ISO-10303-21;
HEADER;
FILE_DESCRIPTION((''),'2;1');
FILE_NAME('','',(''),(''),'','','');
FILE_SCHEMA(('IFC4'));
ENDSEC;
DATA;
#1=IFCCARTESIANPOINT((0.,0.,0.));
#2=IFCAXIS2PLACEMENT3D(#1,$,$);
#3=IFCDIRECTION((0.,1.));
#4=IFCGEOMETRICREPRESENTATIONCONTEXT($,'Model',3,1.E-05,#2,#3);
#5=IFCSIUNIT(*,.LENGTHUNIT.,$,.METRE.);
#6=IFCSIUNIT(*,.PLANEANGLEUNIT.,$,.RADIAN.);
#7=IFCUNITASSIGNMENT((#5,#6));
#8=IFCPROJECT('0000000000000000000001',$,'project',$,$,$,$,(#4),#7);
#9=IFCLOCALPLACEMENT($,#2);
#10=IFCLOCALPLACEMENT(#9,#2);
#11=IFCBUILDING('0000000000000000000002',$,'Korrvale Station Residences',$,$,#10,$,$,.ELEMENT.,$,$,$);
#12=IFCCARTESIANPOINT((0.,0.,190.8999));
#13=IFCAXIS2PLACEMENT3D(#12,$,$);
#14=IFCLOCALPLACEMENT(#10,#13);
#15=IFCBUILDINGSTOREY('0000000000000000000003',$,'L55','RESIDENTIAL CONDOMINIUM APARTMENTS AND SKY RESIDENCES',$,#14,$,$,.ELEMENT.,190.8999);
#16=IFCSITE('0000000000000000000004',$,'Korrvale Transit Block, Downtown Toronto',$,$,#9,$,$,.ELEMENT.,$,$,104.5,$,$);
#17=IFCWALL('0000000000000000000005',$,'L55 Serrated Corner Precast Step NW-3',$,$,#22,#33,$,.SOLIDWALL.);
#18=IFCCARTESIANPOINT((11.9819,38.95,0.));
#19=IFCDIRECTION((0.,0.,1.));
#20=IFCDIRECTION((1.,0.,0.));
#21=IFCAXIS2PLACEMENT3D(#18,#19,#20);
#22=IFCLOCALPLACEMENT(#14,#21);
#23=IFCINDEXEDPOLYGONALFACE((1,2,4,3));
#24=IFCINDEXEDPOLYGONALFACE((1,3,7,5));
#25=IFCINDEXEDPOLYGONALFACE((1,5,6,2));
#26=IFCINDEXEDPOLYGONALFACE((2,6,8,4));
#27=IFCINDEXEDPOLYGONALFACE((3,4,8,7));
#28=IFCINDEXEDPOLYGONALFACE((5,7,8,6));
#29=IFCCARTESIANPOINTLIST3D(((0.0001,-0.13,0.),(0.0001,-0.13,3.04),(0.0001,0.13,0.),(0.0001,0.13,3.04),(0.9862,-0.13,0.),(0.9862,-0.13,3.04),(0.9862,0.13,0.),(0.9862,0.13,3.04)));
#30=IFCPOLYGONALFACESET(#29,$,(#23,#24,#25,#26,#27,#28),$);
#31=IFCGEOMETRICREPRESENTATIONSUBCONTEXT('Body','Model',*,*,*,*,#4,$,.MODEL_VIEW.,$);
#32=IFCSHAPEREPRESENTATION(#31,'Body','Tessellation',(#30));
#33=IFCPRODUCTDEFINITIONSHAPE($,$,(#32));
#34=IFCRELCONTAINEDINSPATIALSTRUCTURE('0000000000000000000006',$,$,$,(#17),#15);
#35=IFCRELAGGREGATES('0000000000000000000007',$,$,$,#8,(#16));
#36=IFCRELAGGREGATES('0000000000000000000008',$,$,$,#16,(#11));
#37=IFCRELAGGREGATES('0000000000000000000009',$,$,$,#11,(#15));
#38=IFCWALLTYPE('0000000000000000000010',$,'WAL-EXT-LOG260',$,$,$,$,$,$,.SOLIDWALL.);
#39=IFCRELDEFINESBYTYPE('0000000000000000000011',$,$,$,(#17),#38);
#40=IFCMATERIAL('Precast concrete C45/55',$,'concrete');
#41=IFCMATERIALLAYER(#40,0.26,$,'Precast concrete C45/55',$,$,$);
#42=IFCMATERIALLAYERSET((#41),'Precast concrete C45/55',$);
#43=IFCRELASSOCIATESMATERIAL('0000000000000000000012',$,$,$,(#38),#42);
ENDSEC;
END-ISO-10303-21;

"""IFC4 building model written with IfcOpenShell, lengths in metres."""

from ifc_helpers import new_model, si_unit, direction, frame, frame_2d, origin, place, context, subcontext, project, spatial, rectangle, extrude, material, layer, layer_set, type_object, element, save


model = new_model("IFC4")

# Units and contexts
model_context = context("Model", 3, precision=1e-05, world=origin(), true_north=direction((0.0, 1.0)))
body_context = subcontext(model_context, "Body", "Model", "MODEL_VIEW")
ifc_project = project(units=[si_unit("LENGTHUNIT", "METRE"), si_unit("PLANEANGLEUNIT", "RADIAN")], contexts=[model_context])

# Site, building, storey
site_placement = place(None, origin())
site = spatial("IfcSite", under=ifc_project, at=site_placement, Name="Korrvale Transit Block, Downtown Toronto", CompositionType="ELEMENT", RefElevation=104.5)
building_placement = place(site_placement, origin())
building = spatial("IfcBuilding", under=site, at=building_placement, Name="Korrvale Station Residences", CompositionType="ELEMENT")
storey_placement = place(building_placement, frame((0.0, 0.0, 190.8999)))
storey = spatial("IfcBuildingStorey", under=building, at=storey_placement, Name="L55", Description="RESIDENTIAL CONDOMINIUM APARTMENTS AND SKY RESIDENCES", CompositionType="ELEMENT", Elevation=190.8999)

# Wall
ifc_material_1 = material(Name="Precast concrete C45/55", Category="concrete")
ifc_layer_1 = layer(ifc_material_1, 0.26, Name="Precast concrete C45/55")
ifc_layer_set_1 = layer_set([ifc_layer_1], Name="Precast concrete C45/55")
wall_type_1 = type_object("IfcWallType", Name="WAL-EXT-LOG260", PredefinedType="SOLIDWALL", material=ifc_layer_set_1)
wall_1_placement = place(storey_placement, frame((11.9819, 38.95, 0.0), z_axis=(0.0, 0.0, 1.0), x_axis=(1.0, 0.0, 0.0)))
element("IfcWall", 1, at=wall_1_placement, inside=storey, type_object=wall_type_1, Name="L55 Serrated Corner Precast Step NW-3", PredefinedType="SOLIDWALL", context=body_context, shape_type="SweptSolid", body=[
    extrude(rectangle(XDim=0.9861, YDim=0.26, at=frame_2d((0.4932, 0.0))), origin(), (0.0, 0.0, 1.0), 3.04),
])

save(model, "model.ifc")
